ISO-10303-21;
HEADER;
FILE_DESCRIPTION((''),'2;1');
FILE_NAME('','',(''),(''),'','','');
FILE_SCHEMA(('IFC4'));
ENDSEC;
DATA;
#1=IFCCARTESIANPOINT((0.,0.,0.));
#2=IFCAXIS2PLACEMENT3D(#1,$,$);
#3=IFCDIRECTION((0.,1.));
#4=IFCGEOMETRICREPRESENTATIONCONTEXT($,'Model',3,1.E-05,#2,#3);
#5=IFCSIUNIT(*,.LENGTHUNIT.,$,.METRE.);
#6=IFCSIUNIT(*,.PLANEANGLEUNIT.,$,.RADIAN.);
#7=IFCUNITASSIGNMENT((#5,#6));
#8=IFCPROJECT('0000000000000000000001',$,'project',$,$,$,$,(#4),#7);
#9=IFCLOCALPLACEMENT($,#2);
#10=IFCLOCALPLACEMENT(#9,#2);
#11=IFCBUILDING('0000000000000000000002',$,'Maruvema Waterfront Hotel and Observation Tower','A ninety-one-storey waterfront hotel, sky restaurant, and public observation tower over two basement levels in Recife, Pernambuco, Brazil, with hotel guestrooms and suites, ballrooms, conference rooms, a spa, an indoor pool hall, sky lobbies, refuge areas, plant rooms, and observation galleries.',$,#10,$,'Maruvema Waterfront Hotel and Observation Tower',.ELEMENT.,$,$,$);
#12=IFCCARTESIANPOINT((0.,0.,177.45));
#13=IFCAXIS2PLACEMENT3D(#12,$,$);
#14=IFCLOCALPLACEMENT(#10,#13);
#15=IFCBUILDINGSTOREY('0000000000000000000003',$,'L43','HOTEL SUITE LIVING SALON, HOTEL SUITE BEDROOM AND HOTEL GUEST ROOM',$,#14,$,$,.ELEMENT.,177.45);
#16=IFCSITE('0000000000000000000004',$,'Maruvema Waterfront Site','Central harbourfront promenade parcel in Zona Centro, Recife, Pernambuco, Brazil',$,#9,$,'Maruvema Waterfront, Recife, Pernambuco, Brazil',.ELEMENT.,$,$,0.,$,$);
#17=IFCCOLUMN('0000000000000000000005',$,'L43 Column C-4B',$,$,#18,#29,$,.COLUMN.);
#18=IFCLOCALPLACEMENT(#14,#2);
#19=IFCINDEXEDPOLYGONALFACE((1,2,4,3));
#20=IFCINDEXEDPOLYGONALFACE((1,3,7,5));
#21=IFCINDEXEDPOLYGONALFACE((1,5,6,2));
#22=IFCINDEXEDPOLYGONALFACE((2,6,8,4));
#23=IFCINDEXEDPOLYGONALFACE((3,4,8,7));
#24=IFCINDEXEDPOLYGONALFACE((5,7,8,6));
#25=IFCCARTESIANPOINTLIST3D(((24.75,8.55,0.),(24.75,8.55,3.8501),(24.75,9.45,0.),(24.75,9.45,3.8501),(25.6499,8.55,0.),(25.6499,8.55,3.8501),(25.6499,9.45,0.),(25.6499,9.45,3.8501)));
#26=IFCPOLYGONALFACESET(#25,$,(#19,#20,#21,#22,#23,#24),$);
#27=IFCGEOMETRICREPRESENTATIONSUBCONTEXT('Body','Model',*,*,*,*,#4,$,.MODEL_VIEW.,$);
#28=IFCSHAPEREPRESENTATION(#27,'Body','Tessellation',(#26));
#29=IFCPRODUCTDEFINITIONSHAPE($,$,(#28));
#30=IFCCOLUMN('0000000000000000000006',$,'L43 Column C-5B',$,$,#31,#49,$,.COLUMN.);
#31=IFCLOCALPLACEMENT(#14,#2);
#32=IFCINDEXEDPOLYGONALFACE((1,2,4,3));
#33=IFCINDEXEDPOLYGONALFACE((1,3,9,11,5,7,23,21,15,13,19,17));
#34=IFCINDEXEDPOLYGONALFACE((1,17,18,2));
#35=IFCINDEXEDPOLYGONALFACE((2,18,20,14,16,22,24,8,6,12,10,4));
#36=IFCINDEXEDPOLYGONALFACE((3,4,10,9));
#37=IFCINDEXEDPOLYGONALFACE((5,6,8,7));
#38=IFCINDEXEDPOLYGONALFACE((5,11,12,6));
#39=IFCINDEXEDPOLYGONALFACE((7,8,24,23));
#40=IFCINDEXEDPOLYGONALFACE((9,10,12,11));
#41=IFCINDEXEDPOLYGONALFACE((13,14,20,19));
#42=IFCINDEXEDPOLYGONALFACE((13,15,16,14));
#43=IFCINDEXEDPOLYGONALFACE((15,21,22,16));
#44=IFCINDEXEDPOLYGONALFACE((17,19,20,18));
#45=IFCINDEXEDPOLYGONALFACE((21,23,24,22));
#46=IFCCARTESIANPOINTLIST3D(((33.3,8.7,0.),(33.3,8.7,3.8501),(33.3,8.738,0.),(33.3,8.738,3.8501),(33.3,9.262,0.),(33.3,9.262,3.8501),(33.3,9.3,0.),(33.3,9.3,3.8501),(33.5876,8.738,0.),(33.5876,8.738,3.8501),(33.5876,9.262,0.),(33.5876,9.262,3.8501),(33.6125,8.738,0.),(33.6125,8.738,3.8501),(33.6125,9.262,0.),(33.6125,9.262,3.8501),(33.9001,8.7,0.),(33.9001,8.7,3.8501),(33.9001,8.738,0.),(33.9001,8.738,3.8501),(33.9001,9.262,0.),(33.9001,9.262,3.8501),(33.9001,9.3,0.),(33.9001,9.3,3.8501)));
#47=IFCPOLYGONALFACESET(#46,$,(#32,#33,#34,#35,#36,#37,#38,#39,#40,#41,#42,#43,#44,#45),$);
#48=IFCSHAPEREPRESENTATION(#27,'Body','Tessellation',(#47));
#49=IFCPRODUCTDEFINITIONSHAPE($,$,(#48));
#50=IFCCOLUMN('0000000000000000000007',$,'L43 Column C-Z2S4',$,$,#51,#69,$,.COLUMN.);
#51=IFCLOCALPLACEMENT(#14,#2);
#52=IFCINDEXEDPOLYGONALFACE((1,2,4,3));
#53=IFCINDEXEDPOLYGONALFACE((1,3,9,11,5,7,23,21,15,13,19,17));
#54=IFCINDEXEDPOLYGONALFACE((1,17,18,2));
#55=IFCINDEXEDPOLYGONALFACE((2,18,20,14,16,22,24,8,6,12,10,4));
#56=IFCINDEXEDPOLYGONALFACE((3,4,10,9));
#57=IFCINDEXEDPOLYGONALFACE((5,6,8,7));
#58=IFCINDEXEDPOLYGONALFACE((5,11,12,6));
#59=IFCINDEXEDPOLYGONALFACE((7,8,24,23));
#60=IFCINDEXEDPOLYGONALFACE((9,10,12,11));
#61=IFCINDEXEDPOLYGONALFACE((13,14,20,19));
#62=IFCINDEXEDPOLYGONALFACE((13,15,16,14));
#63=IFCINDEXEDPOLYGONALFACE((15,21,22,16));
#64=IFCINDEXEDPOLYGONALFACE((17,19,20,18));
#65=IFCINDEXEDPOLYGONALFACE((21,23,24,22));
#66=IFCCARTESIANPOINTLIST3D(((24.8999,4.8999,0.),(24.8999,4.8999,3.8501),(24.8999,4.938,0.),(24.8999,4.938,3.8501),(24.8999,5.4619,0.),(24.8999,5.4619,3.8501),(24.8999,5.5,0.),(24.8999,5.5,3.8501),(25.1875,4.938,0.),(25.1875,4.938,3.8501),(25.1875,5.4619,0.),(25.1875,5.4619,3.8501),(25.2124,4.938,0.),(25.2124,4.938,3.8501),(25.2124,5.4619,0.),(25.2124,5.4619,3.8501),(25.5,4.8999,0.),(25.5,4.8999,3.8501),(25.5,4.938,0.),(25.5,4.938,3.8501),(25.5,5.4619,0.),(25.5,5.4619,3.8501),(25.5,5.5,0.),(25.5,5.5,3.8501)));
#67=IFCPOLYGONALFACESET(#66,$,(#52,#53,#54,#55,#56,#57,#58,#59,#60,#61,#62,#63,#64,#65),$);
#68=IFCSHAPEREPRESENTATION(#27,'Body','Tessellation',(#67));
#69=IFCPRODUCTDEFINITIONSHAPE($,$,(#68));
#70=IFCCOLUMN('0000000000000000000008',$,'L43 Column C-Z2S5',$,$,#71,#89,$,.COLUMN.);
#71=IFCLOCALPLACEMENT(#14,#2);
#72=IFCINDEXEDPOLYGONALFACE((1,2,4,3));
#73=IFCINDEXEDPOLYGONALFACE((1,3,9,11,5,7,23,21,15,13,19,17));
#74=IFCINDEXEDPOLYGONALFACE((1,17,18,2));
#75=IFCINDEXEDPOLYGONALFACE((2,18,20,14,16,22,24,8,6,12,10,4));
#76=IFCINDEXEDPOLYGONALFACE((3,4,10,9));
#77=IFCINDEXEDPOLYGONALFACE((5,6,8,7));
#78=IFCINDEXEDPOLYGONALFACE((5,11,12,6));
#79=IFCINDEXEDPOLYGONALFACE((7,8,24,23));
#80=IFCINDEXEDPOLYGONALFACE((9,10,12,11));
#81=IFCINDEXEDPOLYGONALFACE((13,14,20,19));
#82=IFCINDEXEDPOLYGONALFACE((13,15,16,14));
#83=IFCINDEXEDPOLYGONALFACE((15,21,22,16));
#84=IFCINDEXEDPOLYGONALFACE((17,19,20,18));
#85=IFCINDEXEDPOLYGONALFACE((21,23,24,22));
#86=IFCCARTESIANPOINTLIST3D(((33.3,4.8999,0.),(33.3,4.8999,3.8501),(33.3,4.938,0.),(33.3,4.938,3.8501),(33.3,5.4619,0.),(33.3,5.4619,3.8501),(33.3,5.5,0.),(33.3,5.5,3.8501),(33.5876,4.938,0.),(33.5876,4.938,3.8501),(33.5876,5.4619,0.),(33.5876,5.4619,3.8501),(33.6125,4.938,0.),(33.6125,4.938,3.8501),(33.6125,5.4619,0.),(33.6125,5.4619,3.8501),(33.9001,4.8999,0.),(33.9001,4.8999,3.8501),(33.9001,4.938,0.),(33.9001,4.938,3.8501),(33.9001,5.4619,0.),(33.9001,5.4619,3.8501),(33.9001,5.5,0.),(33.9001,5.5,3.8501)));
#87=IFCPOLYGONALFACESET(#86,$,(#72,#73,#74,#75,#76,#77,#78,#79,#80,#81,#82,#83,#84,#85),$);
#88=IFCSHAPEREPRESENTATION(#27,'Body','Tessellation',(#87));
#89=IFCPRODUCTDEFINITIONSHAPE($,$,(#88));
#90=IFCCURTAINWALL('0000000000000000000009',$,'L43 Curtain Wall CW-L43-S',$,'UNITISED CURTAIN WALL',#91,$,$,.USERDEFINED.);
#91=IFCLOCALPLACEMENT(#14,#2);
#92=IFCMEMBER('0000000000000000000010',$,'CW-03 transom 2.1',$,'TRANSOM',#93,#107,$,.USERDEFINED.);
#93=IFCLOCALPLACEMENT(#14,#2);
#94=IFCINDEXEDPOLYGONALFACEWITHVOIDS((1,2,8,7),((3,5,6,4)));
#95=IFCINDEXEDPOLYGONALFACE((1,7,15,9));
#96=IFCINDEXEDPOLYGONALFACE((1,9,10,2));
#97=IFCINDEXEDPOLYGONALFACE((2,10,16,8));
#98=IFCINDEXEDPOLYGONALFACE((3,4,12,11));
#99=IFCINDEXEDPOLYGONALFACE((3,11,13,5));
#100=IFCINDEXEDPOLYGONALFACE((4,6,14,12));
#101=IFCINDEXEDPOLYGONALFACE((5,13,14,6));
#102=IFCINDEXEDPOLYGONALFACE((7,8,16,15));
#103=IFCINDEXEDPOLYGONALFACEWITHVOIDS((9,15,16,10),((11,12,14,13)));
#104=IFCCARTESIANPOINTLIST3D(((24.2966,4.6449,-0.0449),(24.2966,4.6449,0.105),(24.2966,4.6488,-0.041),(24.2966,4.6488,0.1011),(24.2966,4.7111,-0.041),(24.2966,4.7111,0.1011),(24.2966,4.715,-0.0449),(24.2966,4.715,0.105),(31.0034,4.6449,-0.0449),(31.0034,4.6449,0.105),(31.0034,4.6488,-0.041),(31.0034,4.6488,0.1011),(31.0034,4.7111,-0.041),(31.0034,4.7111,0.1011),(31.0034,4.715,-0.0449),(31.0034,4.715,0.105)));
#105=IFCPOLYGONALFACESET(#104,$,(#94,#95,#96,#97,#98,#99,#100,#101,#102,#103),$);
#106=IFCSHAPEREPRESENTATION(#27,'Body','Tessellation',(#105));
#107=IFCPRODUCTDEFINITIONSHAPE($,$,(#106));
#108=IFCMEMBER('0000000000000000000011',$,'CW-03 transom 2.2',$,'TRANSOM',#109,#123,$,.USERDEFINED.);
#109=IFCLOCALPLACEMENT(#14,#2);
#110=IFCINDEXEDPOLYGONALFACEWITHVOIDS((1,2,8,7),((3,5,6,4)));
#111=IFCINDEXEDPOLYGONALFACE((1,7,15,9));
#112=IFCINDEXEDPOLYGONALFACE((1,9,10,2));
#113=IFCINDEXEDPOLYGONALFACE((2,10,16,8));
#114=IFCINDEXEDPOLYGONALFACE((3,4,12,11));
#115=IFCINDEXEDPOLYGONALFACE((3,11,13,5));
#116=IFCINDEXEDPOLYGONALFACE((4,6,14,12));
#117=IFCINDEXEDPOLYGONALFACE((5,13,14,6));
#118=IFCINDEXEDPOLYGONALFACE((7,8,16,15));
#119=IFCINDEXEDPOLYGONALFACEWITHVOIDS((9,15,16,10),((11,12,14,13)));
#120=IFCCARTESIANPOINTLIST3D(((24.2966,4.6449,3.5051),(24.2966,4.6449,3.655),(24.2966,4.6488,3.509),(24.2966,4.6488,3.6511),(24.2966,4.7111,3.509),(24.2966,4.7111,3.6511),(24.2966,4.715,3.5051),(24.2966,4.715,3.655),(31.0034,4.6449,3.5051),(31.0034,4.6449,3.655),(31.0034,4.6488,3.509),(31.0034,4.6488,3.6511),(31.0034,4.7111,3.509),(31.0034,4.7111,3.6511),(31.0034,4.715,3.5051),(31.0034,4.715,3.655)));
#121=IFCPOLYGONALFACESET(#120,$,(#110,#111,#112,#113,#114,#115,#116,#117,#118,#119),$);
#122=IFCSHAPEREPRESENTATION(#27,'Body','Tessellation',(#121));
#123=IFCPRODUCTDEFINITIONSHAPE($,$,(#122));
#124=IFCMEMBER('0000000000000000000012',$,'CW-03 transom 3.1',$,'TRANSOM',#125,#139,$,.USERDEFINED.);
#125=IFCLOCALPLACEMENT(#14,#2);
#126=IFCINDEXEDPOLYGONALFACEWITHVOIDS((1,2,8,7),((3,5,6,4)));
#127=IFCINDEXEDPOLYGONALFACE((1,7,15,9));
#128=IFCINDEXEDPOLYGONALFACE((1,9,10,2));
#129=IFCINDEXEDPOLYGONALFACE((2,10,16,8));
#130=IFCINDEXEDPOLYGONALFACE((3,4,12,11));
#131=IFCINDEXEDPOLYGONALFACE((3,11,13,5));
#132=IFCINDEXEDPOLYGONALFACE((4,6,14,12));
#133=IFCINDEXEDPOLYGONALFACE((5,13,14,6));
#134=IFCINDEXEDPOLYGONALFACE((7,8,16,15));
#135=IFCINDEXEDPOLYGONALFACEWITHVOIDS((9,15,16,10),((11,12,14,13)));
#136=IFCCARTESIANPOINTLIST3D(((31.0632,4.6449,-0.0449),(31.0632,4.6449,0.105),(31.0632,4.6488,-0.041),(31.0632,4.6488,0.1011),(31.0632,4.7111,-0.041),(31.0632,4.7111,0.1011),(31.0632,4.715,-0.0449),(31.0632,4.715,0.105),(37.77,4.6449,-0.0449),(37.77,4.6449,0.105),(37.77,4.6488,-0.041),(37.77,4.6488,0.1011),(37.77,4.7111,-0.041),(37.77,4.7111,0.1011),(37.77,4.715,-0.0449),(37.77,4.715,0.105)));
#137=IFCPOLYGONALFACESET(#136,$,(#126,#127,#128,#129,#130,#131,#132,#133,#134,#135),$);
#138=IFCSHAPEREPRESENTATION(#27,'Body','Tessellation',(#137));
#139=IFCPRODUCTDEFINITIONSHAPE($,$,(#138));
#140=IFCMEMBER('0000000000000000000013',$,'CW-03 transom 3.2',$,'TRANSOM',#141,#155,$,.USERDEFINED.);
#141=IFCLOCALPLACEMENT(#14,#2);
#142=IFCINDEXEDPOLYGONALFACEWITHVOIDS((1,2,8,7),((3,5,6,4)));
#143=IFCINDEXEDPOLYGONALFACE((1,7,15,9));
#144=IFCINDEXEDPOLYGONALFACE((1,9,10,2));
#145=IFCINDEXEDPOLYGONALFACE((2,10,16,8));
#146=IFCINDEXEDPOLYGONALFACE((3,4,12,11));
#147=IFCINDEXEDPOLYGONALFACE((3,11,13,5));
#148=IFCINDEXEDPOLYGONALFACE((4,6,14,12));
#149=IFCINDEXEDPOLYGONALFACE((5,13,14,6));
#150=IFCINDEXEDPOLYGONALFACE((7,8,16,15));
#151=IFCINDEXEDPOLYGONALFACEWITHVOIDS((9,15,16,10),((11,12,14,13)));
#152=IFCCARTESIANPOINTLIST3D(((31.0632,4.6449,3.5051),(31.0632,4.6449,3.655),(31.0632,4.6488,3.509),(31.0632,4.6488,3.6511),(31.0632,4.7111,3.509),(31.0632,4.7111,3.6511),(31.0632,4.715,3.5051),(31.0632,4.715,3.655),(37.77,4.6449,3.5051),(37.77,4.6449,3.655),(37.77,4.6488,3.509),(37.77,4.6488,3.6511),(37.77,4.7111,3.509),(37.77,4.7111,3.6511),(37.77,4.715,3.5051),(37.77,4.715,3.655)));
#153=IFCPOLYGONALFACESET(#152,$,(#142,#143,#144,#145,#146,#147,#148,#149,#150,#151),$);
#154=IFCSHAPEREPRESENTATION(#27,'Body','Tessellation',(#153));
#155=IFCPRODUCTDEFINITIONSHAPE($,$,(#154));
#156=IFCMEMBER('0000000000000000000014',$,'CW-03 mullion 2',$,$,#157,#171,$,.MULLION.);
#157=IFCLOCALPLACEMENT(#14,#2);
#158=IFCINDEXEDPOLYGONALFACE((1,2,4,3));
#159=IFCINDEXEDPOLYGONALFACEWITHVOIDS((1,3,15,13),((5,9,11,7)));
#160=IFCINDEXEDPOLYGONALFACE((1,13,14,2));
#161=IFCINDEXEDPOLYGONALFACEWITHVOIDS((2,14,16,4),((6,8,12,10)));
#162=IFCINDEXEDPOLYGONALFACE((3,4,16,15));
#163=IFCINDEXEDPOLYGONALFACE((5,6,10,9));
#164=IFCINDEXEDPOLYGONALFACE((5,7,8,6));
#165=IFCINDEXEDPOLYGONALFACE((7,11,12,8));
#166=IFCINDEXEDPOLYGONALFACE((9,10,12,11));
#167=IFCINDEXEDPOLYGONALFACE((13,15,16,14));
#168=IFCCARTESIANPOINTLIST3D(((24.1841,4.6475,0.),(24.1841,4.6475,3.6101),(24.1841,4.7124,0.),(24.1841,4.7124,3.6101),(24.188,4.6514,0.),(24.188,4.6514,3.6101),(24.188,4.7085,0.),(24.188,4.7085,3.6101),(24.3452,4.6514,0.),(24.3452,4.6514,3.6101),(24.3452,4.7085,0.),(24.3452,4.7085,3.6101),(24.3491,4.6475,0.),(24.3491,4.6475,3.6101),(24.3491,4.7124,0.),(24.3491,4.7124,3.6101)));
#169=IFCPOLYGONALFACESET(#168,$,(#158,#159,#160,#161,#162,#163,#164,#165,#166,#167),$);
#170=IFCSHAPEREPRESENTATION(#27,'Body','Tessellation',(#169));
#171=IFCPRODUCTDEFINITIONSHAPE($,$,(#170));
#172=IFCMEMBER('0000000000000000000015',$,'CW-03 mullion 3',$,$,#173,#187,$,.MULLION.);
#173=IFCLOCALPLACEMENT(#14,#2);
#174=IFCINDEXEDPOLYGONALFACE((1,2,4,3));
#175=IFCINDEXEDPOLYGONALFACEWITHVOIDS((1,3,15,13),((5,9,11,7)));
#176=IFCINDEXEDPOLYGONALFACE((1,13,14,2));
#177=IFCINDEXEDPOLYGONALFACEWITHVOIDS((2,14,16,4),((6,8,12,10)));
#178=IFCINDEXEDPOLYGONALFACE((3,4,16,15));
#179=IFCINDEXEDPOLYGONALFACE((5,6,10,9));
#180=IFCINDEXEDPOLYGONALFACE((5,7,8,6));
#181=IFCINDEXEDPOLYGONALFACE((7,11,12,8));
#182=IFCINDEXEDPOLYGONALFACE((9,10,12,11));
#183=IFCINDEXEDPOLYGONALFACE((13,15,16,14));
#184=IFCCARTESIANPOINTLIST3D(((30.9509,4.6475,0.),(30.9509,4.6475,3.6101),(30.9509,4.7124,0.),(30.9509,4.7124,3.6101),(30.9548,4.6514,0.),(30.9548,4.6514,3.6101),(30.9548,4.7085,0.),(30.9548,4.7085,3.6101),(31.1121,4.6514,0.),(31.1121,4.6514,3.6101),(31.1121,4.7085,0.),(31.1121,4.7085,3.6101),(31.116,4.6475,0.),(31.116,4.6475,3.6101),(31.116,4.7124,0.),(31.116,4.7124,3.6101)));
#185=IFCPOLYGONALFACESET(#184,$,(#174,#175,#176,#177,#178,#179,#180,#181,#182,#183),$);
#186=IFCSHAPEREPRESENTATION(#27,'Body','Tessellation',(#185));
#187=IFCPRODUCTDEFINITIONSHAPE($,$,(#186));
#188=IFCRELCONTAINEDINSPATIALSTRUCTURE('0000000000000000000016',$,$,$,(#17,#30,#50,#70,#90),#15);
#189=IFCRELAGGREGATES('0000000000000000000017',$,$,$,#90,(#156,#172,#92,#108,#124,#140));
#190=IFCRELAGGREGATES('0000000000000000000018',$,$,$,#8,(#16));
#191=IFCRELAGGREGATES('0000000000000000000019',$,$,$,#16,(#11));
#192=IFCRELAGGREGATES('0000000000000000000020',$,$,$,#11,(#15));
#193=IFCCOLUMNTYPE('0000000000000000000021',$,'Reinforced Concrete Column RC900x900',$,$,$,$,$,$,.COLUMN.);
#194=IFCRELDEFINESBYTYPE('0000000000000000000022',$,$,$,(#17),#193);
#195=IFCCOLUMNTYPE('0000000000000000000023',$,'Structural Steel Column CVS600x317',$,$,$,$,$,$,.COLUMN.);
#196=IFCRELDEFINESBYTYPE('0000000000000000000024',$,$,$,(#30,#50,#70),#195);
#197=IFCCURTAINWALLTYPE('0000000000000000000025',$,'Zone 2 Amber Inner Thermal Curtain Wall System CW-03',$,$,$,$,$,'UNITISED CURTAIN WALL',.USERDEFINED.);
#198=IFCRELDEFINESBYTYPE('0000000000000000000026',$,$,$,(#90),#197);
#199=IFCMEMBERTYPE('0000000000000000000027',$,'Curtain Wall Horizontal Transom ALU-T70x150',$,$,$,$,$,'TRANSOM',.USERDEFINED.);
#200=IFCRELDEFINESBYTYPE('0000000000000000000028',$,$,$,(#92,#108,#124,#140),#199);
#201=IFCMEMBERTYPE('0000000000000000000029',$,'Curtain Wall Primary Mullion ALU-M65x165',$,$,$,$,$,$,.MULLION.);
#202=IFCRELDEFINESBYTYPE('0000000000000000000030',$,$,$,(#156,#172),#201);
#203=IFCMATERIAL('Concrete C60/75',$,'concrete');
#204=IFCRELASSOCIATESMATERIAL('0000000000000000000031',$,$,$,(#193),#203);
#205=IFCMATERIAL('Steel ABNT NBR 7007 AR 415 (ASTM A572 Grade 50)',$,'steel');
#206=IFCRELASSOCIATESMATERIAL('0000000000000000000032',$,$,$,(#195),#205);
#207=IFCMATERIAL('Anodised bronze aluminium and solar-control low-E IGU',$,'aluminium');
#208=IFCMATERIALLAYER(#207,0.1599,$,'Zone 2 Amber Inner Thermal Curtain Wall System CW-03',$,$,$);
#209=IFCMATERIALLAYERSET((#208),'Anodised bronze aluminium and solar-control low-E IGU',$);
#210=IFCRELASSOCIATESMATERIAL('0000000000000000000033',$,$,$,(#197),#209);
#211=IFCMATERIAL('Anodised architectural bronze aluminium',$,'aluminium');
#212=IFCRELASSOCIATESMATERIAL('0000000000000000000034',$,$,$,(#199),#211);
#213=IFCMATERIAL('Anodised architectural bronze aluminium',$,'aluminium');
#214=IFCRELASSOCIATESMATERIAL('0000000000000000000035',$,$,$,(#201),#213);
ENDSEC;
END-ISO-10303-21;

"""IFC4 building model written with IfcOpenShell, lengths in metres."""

from ifc_helpers import new_model, si_unit, direction, frame, origin, origin_2d, place, context, subcontext, project, spatial, rectangle, hollow_rectangle, i_section, extrude, material, layer, layer_set, material_profile, profile_set, type_object, element, aggregate, save


model = new_model("IFC4")

# Units and contexts
model_context = context("Model", 3, precision=1e-05, world=origin(), true_north=direction((0.0, 1.0)))
body_context = subcontext(model_context, "Body", "Model", "MODEL_VIEW")
ifc_project = project(units=[si_unit("LENGTHUNIT", "METRE"), si_unit("PLANEANGLEUNIT", "RADIAN")], contexts=[model_context])

# Site, building, storey
site_placement = place(None, origin())
site = spatial("IfcSite", under=ifc_project, at=site_placement, Name="Maruvema Waterfront Site", Description="Central harbourfront promenade parcel in Zona Centro, Recife, Pernambuco, Brazil", LongName="Maruvema Waterfront, Recife, Pernambuco, Brazil", CompositionType="ELEMENT", RefElevation=0.0)
building_placement = place(site_placement, origin())
building = spatial("IfcBuilding", under=site, at=building_placement, Name="Maruvema Waterfront Hotel and Observation Tower", Description="A ninety-one-storey waterfront hotel, sky restaurant, and public observation tower over two basement levels in Recife, Pernambuco, Brazil, with hotel guestrooms and suites, ballrooms, conference rooms, a spa, an indoor pool hall, sky lobbies, refuge areas, plant rooms, and observation galleries.", LongName="Maruvema Waterfront Hotel and Observation Tower", CompositionType="ELEMENT")
storey_placement = place(building_placement, frame((0.0, 0.0, 177.45)))
storey = spatial("IfcBuildingStorey", under=building, at=storey_placement, Name="L43", Description="HOTEL SUITE LIVING SALON, HOTEL SUITE BEDROOM AND HOTEL GUEST ROOM", CompositionType="ELEMENT", Elevation=177.45)

# Columns
ifc_material_1 = material(Name="Concrete C60/75", Category="concrete")
ifc_material_profile_1 = material_profile(ifc_material_1, rectangle(XDim=0.8999, YDim=0.8999, at=origin_2d()), Name="RC900x900")
ifc_profile_set_1 = profile_set([ifc_material_profile_1], Name="Concrete C60/75")
column_type_1 = type_object("IfcColumnType", Name="Reinforced Concrete Column RC900x900", PredefinedType="COLUMN", material=ifc_profile_set_1)
column_placement = place(storey_placement, frame((25.2, 9.0, 0.0), z_axis=(0.0, 0.0, 1.0), x_axis=(1.0, 0.0, 0.0)))
element("IfcColumn", 1, at=column_placement, inside=storey, type_object=column_type_1, Name="L43 Column C-4B", PredefinedType="COLUMN", context=body_context, shape_type="SweptSolid", body=[
    extrude(rectangle(XDim=0.8999, YDim=0.8999, at=origin_2d()), origin(), (0.0, 0.0, 1.0), 3.8501),
])
ifc_material_2 = material(Name="Steel ABNT NBR 7007 AR 415 (ASTM A572 Grade 50)", Category="steel")
ifc_material_profile_2 = material_profile(ifc_material_2, i_section(OverallWidth=0.6001, OverallDepth=0.6001, WebThickness=0.0249, FlangeThickness=0.0381, at=origin_2d()), Name="CVS600x317")
ifc_profile_set_2 = profile_set([ifc_material_profile_2], Name="Steel ABNT NBR 7007 AR 415 (ASTM A572 Grade 50)")
column_type_2 = type_object("IfcColumnType", Name="Structural Steel Column CVS600x317", PredefinedType="COLUMN", material=ifc_profile_set_2)
for number, where, z_axis, x_axis, name in (
    (2, (33.6001, 9.0, 0.0), (0.0, 0.0, 1.0), (1.0, 0.0, 0.0), "L43 Column C-5B"),
    (3, (25.2, 5.2, 0.0), (0.0, 0.0, 1.0), (1.0, 0.0, 0.0), "L43 Column C-Z2S4"),
    (4, (33.6001, 5.2, 0.0), (0.0, 0.0, 1.0), (1.0, 0.0, 0.0), "L43 Column C-Z2S5"),
):
    element("IfcColumn", number, at=place(storey_placement, frame(where, z_axis=z_axis, x_axis=x_axis)), inside=storey, type_object=column_type_2, Name=name, PredefinedType="COLUMN", context=body_context, shape_type="SweptSolid", body=[
        extrude(i_section(OverallWidth=0.6001, OverallDepth=0.6001, WebThickness=0.0249, FlangeThickness=0.0381, at=origin_2d()), origin(), (0.0, 0.0, 1.0), 3.8501),
    ])

# Curtain wall, members
ifc_material_3 = material(Name="Anodised bronze aluminium and solar-control low-E IGU", Category="aluminium")
ifc_layer_1 = layer(ifc_material_3, 0.1599, Name="Zone 2 Amber Inner Thermal Curtain Wall System CW-03")
ifc_layer_set_1 = layer_set([ifc_layer_1], Name="Anodised bronze aluminium and solar-control low-E IGU")
curtain_wall_type = type_object("IfcCurtainWallType", Name="Zone 2 Amber Inner Thermal Curtain Wall System CW-03", ElementType="UNITISED CURTAIN WALL", PredefinedType="USERDEFINED", material=ifc_layer_set_1)
curtain_wall_placement = place(storey_placement, origin())
curtain_wall = element("IfcCurtainWall", 5, at=curtain_wall_placement, inside=storey, type_object=curtain_wall_type, Name="L43 Curtain Wall CW-L43-S", ObjectType="UNITISED CURTAIN WALL", PredefinedType="USERDEFINED")
ifc_material_4 = material(Name="Anodised architectural bronze aluminium", Category="aluminium")
ifc_material_profile_3 = material_profile(ifc_material_4, hollow_rectangle(XDim=0.0701, YDim=0.1499, WallThickness=0.0039, at=origin_2d()), Name="ALU-T70x150")
ifc_profile_set_3 = profile_set([ifc_material_profile_3], Name="Anodised architectural bronze aluminium")
member_type_1 = type_object("IfcMemberType", Name="Curtain Wall Horizontal Transom ALU-T70x150", ElementType="TRANSOM", PredefinedType="USERDEFINED", material=ifc_profile_set_3)
member_1_placement = place(storey_placement, frame((24.2966, 4.6799, 0.03), z_axis=(1.0, 0.0, 0.0), x_axis=(0.0, 1.0, 0.0)))
member_1 = element("IfcMember", 6, at=member_1_placement, type_object=member_type_1, Name="CW-03 transom 2.1", ObjectType="TRANSOM", PredefinedType="USERDEFINED", context=body_context, shape_type="SweptSolid", body=[
    extrude(hollow_rectangle(XDim=0.0701, YDim=0.1499, WallThickness=0.0039, at=origin_2d()), origin(), (0.0, 0.0, 1.0), 6.7068),
])
member_2_placement = place(storey_placement, frame((24.2966, 4.6799, 3.5801), z_axis=(1.0, 0.0, 0.0), x_axis=(0.0, 1.0, 0.0)))
member_2 = element("IfcMember", 7, at=member_2_placement, type_object=member_type_1, Name="CW-03 transom 2.2", ObjectType="TRANSOM", PredefinedType="USERDEFINED", context=body_context, shape_type="SweptSolid", body=[
    extrude(hollow_rectangle(XDim=0.0701, YDim=0.1499, WallThickness=0.0039, at=origin_2d()), origin(), (0.0, 0.0, 1.0), 6.7068),
])
member_3_placement = place(storey_placement, frame((31.0632, 4.6799, 0.03), z_axis=(1.0, 0.0, 0.0), x_axis=(0.0, 1.0, 0.0)))
member_3 = element("IfcMember", 8, at=member_3_placement, type_object=member_type_1, Name="CW-03 transom 3.1", ObjectType="TRANSOM", PredefinedType="USERDEFINED", context=body_context, shape_type="SweptSolid", body=[
    extrude(hollow_rectangle(XDim=0.0701, YDim=0.1499, WallThickness=0.0039, at=origin_2d()), origin(), (0.0, 0.0, 1.0), 6.7068),
])
member_4_placement = place(storey_placement, frame((31.0632, 4.6799, 3.5801), z_axis=(1.0, 0.0, 0.0), x_axis=(0.0, 1.0, 0.0)))
member_4 = element("IfcMember", 9, at=member_4_placement, type_object=member_type_1, Name="CW-03 transom 3.2", ObjectType="TRANSOM", PredefinedType="USERDEFINED", context=body_context, shape_type="SweptSolid", body=[
    extrude(hollow_rectangle(XDim=0.0701, YDim=0.1499, WallThickness=0.0039, at=origin_2d()), origin(), (0.0, 0.0, 1.0), 6.7068),
])
ifc_material_5 = material(Name="Anodised architectural bronze aluminium", Category="aluminium")
ifc_material_profile_4 = material_profile(ifc_material_5, hollow_rectangle(XDim=0.0649, YDim=0.165, WallThickness=0.0039, at=origin_2d()), Name="ALU-M65x165")
ifc_profile_set_4 = profile_set([ifc_material_profile_4], Name="Anodised architectural bronze aluminium")
member_type_2 = type_object("IfcMemberType", Name="Curtain Wall Primary Mullion ALU-M65x165", PredefinedType="MULLION", material=ifc_profile_set_4)
member_5_placement = place(storey_placement, frame((24.2666, 4.6799, 0.0), z_axis=(0.0, 0.0, 1.0), x_axis=(0.0, 1.0, 0.0)))
member_5 = element("IfcMember", 10, at=member_5_placement, type_object=member_type_2, Name="CW-03 mullion 2", PredefinedType="MULLION", context=body_context, shape_type="SweptSolid", body=[
    extrude(hollow_rectangle(XDim=0.0649, YDim=0.165, WallThickness=0.0039, at=origin_2d()), origin(), (0.0, 0.0, 1.0), 3.6101),
])
member_6_placement = place(storey_placement, frame((31.0334, 4.6799, 0.0), z_axis=(0.0, 0.0, 1.0), x_axis=(0.0, 1.0, 0.0)))
member_6 = element("IfcMember", 11, at=member_6_placement, type_object=member_type_2, Name="CW-03 mullion 3", PredefinedType="MULLION", context=body_context, shape_type="SweptSolid", body=[
    extrude(hollow_rectangle(XDim=0.0649, YDim=0.165, WallThickness=0.0039, at=origin_2d()), origin(), (0.0, 0.0, 1.0), 3.6101),
])

aggregate(curtain_wall, [member_5, member_6, member_1, member_2, member_3, member_4])

save(model, "model.ifc")
